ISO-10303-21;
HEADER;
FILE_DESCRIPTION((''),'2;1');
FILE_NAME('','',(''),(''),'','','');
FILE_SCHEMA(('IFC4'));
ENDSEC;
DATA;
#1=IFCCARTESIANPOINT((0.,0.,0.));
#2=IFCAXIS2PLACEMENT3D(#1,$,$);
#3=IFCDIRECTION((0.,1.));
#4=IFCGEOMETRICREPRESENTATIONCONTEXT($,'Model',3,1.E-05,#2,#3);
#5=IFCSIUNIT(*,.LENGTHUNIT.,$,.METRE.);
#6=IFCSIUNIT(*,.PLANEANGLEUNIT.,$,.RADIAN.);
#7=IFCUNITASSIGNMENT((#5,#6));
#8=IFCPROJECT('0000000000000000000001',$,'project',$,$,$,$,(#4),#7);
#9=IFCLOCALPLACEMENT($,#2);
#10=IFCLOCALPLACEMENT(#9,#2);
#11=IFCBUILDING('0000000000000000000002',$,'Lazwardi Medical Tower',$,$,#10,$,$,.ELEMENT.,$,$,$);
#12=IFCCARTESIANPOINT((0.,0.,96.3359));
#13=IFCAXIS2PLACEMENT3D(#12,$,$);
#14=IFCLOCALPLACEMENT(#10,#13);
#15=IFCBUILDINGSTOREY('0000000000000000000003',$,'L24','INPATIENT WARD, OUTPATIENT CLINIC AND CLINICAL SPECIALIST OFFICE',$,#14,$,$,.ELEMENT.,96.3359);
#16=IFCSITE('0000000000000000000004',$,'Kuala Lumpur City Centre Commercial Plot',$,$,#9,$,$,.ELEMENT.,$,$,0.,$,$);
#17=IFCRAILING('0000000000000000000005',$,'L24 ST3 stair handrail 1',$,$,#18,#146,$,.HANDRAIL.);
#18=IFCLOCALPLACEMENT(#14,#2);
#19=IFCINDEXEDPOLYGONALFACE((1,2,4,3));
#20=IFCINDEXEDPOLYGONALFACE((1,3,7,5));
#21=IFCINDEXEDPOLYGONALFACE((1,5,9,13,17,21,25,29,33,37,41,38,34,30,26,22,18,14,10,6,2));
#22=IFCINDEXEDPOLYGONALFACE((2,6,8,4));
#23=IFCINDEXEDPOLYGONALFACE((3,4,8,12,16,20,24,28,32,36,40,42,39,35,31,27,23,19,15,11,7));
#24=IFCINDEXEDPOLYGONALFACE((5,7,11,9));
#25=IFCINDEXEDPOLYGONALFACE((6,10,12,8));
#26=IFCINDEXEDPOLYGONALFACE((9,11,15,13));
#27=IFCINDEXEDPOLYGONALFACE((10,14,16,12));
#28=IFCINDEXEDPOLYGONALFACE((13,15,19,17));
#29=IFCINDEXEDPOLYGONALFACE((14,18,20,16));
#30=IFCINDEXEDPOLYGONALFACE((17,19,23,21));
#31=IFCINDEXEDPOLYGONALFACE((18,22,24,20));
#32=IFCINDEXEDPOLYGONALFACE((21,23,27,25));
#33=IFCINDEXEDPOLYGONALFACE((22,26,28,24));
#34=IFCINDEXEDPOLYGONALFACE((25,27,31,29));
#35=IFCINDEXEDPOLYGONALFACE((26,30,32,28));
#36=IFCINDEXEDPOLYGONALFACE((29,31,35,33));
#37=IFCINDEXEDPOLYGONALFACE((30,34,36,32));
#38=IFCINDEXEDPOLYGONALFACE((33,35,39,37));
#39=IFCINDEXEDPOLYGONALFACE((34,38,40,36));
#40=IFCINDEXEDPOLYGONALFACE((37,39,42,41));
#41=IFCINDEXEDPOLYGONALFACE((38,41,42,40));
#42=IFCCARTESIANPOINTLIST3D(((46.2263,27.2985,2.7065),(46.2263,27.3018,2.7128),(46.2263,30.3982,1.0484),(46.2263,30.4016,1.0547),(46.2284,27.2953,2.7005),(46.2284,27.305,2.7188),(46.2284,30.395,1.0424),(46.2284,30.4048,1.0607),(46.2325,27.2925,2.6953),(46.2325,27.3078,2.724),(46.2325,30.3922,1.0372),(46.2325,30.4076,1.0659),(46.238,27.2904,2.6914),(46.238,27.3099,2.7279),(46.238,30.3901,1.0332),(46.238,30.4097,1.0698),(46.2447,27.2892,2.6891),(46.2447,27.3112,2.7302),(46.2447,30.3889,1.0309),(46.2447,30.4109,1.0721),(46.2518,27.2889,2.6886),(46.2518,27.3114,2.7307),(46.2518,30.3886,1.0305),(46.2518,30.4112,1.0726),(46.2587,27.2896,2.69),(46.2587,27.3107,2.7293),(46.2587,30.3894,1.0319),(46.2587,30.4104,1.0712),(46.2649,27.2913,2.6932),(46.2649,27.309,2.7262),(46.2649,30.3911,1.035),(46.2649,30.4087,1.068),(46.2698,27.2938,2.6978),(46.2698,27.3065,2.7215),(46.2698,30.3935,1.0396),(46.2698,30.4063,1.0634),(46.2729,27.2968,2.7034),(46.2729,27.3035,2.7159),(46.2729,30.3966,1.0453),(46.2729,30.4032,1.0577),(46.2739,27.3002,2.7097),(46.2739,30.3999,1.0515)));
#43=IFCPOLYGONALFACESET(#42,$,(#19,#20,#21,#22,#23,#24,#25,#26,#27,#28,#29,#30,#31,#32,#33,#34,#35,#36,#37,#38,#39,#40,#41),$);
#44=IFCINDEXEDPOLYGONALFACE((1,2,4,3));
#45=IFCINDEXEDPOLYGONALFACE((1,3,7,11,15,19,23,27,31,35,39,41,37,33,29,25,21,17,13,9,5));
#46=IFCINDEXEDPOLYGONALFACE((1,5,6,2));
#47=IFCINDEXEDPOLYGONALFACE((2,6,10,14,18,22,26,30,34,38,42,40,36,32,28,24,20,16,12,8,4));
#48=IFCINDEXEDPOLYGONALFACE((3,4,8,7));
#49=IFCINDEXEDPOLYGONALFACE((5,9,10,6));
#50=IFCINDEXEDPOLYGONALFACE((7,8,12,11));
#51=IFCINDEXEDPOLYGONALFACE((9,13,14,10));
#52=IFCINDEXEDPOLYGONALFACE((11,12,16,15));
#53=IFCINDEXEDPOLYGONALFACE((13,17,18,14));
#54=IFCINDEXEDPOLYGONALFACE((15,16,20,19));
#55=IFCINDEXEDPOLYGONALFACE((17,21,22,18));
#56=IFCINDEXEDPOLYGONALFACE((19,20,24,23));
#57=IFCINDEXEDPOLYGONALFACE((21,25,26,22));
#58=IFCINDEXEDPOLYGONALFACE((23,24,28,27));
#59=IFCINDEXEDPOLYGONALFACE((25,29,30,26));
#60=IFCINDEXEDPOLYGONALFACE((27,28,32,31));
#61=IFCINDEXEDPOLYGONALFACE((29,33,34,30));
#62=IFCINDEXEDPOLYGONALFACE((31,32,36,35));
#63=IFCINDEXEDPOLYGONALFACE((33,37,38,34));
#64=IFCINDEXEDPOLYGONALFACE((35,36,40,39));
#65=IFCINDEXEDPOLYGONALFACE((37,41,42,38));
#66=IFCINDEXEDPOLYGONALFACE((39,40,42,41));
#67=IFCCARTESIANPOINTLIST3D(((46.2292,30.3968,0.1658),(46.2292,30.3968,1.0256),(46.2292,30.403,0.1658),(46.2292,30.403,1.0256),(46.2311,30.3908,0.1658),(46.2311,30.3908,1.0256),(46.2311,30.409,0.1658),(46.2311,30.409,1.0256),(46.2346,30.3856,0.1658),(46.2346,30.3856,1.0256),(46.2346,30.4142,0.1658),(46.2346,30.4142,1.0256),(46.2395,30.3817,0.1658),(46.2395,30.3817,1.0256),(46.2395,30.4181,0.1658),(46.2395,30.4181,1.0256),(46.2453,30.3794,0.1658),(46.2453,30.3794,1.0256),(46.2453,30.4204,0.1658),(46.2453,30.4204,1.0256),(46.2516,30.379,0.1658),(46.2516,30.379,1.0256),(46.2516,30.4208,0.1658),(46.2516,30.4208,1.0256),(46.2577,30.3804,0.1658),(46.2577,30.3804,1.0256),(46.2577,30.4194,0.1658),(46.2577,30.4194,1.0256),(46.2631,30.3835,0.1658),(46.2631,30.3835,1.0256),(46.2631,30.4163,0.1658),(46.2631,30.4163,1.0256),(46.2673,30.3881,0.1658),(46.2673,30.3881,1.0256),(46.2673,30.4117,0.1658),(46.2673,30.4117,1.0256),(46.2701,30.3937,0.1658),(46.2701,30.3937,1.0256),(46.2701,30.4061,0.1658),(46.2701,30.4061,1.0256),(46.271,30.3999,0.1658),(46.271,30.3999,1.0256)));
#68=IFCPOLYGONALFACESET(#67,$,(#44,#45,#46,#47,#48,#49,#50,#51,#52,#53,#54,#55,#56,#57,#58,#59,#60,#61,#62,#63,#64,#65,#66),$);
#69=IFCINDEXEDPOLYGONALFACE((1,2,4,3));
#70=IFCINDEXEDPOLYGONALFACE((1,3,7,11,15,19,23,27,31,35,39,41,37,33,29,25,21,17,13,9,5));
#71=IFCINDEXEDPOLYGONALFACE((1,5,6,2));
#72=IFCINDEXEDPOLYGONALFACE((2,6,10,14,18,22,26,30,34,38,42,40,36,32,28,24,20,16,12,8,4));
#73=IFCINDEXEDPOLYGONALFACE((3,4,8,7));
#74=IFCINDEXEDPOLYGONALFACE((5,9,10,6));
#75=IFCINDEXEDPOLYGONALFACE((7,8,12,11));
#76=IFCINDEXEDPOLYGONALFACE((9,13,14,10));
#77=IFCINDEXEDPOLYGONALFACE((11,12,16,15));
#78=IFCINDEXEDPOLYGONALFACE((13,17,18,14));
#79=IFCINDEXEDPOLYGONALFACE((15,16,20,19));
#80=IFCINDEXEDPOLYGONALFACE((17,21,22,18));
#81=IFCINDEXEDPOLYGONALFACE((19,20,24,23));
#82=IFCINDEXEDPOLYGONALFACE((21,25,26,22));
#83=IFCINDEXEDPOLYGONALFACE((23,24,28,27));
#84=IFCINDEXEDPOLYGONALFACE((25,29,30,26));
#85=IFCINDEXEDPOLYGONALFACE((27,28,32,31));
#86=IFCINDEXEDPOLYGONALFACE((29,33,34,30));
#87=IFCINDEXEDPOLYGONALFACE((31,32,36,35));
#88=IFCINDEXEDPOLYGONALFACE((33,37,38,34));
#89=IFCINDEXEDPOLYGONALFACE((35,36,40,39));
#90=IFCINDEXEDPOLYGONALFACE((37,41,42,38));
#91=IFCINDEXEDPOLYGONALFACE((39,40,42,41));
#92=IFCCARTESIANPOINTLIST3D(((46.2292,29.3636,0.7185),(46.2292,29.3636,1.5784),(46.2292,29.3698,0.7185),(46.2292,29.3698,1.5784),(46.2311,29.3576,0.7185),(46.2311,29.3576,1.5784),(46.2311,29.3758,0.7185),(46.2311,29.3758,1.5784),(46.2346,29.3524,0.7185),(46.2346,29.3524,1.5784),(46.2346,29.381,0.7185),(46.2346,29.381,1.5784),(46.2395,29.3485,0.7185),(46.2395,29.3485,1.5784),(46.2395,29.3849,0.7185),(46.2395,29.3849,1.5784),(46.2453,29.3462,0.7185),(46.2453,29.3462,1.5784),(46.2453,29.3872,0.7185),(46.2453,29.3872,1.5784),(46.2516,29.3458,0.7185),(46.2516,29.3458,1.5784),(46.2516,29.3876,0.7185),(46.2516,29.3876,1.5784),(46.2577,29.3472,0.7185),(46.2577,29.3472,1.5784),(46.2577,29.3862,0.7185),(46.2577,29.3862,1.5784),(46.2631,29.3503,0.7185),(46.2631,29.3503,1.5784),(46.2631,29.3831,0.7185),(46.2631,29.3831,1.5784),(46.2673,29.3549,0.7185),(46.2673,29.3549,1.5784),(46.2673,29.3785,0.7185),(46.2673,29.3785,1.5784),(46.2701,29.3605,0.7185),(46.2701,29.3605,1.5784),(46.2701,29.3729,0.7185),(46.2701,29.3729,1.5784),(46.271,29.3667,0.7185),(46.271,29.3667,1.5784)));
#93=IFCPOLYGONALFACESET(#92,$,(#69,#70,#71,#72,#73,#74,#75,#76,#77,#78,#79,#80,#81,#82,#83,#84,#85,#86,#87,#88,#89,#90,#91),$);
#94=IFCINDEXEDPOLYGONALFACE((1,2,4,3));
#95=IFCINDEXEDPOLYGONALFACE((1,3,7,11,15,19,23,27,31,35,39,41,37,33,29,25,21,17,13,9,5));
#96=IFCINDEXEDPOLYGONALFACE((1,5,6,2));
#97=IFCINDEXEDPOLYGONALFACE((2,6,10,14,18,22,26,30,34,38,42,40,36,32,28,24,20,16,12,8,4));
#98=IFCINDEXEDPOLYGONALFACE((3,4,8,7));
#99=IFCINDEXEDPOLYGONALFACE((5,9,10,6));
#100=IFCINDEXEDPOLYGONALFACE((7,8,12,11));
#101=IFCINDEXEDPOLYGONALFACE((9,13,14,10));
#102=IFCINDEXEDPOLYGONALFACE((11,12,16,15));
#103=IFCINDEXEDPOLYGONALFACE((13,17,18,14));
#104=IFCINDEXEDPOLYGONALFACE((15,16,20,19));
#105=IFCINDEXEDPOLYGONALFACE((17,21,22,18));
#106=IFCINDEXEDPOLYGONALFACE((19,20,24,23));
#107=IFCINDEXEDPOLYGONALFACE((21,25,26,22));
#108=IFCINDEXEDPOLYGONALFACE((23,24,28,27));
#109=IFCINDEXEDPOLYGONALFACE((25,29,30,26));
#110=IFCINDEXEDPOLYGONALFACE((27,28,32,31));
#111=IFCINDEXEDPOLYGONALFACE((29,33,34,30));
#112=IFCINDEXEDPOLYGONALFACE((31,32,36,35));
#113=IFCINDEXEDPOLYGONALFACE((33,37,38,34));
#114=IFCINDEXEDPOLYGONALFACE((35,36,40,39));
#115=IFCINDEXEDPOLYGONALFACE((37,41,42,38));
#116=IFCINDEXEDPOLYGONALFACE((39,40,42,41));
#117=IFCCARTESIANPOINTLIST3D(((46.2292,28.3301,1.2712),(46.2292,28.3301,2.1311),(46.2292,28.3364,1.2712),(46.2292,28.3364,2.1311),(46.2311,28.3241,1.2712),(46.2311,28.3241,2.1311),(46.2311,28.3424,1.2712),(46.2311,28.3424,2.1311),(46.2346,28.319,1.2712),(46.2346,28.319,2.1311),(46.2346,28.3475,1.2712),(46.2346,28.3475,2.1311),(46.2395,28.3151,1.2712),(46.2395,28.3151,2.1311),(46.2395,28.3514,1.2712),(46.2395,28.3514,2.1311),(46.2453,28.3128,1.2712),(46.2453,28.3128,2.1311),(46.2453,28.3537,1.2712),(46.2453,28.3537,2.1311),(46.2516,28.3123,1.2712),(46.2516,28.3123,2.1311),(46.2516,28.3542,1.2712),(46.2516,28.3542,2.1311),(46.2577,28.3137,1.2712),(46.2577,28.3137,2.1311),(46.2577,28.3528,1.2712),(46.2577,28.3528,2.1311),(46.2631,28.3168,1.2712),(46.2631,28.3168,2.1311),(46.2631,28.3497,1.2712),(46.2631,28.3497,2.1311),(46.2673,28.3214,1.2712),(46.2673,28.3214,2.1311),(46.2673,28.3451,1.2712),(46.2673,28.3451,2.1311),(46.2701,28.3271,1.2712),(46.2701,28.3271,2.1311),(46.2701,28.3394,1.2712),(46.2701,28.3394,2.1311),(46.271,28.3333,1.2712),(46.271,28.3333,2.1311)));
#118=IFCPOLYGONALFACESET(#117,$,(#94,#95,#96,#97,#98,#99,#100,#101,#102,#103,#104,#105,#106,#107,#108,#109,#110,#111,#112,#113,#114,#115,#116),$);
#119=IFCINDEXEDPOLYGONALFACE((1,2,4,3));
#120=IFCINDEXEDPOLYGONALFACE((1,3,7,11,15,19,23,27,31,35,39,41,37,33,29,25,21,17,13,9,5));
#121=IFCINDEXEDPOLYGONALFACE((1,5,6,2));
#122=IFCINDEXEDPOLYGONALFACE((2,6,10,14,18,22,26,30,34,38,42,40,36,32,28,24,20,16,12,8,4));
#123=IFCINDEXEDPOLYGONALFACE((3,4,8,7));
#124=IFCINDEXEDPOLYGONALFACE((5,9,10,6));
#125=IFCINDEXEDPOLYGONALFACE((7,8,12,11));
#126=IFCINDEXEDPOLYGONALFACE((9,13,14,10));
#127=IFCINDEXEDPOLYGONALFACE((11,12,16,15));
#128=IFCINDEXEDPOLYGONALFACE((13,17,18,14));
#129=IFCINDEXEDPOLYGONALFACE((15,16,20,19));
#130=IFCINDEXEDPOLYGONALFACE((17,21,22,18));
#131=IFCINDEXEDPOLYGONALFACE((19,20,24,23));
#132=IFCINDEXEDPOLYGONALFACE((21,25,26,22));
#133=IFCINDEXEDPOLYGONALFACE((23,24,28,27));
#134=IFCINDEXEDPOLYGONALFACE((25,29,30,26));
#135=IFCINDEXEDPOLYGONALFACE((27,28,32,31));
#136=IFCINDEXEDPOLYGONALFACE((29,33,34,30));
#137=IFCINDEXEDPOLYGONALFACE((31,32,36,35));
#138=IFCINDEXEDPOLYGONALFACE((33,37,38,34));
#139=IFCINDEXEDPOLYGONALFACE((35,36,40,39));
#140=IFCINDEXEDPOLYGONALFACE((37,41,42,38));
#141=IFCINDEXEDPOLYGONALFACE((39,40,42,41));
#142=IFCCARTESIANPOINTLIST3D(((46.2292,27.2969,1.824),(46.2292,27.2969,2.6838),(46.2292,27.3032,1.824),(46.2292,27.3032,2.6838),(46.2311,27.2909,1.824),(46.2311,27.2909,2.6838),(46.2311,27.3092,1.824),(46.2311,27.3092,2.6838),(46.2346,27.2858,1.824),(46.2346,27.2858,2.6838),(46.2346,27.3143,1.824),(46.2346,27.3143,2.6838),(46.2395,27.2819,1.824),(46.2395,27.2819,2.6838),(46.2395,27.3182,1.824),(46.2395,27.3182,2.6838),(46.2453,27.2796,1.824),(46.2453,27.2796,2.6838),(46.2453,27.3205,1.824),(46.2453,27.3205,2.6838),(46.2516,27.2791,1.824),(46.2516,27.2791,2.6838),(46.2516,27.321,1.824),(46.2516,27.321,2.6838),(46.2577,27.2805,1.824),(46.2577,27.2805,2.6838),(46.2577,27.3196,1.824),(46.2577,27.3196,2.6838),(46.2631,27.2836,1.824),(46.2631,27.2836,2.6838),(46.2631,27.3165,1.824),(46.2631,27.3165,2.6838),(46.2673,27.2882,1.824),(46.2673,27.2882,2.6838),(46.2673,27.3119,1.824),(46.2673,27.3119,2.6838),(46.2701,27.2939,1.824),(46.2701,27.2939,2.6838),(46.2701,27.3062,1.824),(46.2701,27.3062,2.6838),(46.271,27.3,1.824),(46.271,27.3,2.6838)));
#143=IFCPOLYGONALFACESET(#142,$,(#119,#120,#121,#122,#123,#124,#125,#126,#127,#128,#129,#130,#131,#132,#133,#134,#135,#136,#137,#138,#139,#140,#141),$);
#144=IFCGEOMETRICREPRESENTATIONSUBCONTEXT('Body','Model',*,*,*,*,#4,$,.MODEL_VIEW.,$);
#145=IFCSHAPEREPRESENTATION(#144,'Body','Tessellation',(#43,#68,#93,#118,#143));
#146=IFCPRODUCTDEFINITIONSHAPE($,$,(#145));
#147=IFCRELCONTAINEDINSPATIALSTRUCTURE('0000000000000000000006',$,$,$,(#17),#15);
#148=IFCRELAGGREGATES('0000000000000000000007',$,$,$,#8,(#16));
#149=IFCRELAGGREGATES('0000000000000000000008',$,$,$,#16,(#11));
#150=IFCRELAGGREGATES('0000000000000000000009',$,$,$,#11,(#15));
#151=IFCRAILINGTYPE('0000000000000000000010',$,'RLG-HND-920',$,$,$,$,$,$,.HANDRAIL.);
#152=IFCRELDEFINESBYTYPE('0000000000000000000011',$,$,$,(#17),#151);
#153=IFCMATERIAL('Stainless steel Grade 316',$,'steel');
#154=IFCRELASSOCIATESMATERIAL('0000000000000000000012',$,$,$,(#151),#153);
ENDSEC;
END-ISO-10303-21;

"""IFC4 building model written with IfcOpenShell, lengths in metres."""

from ifc_helpers import new_model, si_unit, direction, frame, origin, origin_2d, place, context, subcontext, project, spatial, circle, extrude, material, type_object, element, save


model = new_model("IFC4")

# Units and contexts
model_context = context("Model", 3, precision=1e-05, world=origin(), true_north=direction((0.0, 1.0)))
body_context = subcontext(model_context, "Body", "Model", "MODEL_VIEW")
ifc_project = project(units=[si_unit("LENGTHUNIT", "METRE"), si_unit("PLANEANGLEUNIT", "RADIAN")], contexts=[model_context])

# Site, building, storey
site_placement = place(None, origin())
site = spatial("IfcSite", under=ifc_project, at=site_placement, Name="Kuala Lumpur City Centre Commercial Plot", CompositionType="ELEMENT", RefElevation=0.0)
building_placement = place(site_placement, origin())
building = spatial("IfcBuilding", under=site, at=building_placement, Name="Lazwardi Medical Tower", CompositionType="ELEMENT")
storey_placement = place(building_placement, frame((0.0, 0.0, 96.3359)))
storey = spatial("IfcBuildingStorey", under=building, at=storey_placement, Name="L24", Description="INPATIENT WARD, OUTPATIENT CLINIC AND CLINICAL SPECIALIST OFFICE", CompositionType="ELEMENT", Elevation=96.3359)

# Railing
ifc_material_1 = material(Name="Stainless steel Grade 316", Category="steel")
railing_type_1 = type_object("IfcRailingType", Name="RLG-HND-920", PredefinedType="HANDRAIL", material=ifc_material_1)
railing_1_placement = place(storey_placement, frame((46.25, 30.3999, 0.1658)))
element("IfcRailing", 1, at=railing_1_placement, inside=storey, type_object=railing_type_1, Name="L24 ST3 stair handrail 1", PredefinedType="HANDRAIL", context=body_context, shape_type="SweptSolid", body=[
    extrude(circle(Radius=0.0239, at=origin_2d()), frame((0.0, 0.0, 0.8857), z_axis=(0.0, -0.881768, 0.471684), x_axis=(1.0, 0.0, 0.0)), (0.0, 0.0, 1.0), 3.5154),
    extrude(circle(Radius=0.021, at=origin_2d()), origin(), (0.0, 0.0, 1.0), 0.8599),
    extrude(circle(Radius=0.021, at=origin_2d()), frame((0.0, -1.0332, 0.5527)), (0.0, 0.0, 1.0), 0.8599),
    extrude(circle(Radius=0.021, at=origin_2d()), frame((0.0, -2.0667, 1.1055)), (0.0, 0.0, 1.0), 0.8599),
    extrude(circle(Radius=0.021, at=origin_2d()), frame((0.0, -3.0999, 1.6582)), (0.0, 0.0, 1.0), 0.8599),
])

save(model, "model.ifc")
